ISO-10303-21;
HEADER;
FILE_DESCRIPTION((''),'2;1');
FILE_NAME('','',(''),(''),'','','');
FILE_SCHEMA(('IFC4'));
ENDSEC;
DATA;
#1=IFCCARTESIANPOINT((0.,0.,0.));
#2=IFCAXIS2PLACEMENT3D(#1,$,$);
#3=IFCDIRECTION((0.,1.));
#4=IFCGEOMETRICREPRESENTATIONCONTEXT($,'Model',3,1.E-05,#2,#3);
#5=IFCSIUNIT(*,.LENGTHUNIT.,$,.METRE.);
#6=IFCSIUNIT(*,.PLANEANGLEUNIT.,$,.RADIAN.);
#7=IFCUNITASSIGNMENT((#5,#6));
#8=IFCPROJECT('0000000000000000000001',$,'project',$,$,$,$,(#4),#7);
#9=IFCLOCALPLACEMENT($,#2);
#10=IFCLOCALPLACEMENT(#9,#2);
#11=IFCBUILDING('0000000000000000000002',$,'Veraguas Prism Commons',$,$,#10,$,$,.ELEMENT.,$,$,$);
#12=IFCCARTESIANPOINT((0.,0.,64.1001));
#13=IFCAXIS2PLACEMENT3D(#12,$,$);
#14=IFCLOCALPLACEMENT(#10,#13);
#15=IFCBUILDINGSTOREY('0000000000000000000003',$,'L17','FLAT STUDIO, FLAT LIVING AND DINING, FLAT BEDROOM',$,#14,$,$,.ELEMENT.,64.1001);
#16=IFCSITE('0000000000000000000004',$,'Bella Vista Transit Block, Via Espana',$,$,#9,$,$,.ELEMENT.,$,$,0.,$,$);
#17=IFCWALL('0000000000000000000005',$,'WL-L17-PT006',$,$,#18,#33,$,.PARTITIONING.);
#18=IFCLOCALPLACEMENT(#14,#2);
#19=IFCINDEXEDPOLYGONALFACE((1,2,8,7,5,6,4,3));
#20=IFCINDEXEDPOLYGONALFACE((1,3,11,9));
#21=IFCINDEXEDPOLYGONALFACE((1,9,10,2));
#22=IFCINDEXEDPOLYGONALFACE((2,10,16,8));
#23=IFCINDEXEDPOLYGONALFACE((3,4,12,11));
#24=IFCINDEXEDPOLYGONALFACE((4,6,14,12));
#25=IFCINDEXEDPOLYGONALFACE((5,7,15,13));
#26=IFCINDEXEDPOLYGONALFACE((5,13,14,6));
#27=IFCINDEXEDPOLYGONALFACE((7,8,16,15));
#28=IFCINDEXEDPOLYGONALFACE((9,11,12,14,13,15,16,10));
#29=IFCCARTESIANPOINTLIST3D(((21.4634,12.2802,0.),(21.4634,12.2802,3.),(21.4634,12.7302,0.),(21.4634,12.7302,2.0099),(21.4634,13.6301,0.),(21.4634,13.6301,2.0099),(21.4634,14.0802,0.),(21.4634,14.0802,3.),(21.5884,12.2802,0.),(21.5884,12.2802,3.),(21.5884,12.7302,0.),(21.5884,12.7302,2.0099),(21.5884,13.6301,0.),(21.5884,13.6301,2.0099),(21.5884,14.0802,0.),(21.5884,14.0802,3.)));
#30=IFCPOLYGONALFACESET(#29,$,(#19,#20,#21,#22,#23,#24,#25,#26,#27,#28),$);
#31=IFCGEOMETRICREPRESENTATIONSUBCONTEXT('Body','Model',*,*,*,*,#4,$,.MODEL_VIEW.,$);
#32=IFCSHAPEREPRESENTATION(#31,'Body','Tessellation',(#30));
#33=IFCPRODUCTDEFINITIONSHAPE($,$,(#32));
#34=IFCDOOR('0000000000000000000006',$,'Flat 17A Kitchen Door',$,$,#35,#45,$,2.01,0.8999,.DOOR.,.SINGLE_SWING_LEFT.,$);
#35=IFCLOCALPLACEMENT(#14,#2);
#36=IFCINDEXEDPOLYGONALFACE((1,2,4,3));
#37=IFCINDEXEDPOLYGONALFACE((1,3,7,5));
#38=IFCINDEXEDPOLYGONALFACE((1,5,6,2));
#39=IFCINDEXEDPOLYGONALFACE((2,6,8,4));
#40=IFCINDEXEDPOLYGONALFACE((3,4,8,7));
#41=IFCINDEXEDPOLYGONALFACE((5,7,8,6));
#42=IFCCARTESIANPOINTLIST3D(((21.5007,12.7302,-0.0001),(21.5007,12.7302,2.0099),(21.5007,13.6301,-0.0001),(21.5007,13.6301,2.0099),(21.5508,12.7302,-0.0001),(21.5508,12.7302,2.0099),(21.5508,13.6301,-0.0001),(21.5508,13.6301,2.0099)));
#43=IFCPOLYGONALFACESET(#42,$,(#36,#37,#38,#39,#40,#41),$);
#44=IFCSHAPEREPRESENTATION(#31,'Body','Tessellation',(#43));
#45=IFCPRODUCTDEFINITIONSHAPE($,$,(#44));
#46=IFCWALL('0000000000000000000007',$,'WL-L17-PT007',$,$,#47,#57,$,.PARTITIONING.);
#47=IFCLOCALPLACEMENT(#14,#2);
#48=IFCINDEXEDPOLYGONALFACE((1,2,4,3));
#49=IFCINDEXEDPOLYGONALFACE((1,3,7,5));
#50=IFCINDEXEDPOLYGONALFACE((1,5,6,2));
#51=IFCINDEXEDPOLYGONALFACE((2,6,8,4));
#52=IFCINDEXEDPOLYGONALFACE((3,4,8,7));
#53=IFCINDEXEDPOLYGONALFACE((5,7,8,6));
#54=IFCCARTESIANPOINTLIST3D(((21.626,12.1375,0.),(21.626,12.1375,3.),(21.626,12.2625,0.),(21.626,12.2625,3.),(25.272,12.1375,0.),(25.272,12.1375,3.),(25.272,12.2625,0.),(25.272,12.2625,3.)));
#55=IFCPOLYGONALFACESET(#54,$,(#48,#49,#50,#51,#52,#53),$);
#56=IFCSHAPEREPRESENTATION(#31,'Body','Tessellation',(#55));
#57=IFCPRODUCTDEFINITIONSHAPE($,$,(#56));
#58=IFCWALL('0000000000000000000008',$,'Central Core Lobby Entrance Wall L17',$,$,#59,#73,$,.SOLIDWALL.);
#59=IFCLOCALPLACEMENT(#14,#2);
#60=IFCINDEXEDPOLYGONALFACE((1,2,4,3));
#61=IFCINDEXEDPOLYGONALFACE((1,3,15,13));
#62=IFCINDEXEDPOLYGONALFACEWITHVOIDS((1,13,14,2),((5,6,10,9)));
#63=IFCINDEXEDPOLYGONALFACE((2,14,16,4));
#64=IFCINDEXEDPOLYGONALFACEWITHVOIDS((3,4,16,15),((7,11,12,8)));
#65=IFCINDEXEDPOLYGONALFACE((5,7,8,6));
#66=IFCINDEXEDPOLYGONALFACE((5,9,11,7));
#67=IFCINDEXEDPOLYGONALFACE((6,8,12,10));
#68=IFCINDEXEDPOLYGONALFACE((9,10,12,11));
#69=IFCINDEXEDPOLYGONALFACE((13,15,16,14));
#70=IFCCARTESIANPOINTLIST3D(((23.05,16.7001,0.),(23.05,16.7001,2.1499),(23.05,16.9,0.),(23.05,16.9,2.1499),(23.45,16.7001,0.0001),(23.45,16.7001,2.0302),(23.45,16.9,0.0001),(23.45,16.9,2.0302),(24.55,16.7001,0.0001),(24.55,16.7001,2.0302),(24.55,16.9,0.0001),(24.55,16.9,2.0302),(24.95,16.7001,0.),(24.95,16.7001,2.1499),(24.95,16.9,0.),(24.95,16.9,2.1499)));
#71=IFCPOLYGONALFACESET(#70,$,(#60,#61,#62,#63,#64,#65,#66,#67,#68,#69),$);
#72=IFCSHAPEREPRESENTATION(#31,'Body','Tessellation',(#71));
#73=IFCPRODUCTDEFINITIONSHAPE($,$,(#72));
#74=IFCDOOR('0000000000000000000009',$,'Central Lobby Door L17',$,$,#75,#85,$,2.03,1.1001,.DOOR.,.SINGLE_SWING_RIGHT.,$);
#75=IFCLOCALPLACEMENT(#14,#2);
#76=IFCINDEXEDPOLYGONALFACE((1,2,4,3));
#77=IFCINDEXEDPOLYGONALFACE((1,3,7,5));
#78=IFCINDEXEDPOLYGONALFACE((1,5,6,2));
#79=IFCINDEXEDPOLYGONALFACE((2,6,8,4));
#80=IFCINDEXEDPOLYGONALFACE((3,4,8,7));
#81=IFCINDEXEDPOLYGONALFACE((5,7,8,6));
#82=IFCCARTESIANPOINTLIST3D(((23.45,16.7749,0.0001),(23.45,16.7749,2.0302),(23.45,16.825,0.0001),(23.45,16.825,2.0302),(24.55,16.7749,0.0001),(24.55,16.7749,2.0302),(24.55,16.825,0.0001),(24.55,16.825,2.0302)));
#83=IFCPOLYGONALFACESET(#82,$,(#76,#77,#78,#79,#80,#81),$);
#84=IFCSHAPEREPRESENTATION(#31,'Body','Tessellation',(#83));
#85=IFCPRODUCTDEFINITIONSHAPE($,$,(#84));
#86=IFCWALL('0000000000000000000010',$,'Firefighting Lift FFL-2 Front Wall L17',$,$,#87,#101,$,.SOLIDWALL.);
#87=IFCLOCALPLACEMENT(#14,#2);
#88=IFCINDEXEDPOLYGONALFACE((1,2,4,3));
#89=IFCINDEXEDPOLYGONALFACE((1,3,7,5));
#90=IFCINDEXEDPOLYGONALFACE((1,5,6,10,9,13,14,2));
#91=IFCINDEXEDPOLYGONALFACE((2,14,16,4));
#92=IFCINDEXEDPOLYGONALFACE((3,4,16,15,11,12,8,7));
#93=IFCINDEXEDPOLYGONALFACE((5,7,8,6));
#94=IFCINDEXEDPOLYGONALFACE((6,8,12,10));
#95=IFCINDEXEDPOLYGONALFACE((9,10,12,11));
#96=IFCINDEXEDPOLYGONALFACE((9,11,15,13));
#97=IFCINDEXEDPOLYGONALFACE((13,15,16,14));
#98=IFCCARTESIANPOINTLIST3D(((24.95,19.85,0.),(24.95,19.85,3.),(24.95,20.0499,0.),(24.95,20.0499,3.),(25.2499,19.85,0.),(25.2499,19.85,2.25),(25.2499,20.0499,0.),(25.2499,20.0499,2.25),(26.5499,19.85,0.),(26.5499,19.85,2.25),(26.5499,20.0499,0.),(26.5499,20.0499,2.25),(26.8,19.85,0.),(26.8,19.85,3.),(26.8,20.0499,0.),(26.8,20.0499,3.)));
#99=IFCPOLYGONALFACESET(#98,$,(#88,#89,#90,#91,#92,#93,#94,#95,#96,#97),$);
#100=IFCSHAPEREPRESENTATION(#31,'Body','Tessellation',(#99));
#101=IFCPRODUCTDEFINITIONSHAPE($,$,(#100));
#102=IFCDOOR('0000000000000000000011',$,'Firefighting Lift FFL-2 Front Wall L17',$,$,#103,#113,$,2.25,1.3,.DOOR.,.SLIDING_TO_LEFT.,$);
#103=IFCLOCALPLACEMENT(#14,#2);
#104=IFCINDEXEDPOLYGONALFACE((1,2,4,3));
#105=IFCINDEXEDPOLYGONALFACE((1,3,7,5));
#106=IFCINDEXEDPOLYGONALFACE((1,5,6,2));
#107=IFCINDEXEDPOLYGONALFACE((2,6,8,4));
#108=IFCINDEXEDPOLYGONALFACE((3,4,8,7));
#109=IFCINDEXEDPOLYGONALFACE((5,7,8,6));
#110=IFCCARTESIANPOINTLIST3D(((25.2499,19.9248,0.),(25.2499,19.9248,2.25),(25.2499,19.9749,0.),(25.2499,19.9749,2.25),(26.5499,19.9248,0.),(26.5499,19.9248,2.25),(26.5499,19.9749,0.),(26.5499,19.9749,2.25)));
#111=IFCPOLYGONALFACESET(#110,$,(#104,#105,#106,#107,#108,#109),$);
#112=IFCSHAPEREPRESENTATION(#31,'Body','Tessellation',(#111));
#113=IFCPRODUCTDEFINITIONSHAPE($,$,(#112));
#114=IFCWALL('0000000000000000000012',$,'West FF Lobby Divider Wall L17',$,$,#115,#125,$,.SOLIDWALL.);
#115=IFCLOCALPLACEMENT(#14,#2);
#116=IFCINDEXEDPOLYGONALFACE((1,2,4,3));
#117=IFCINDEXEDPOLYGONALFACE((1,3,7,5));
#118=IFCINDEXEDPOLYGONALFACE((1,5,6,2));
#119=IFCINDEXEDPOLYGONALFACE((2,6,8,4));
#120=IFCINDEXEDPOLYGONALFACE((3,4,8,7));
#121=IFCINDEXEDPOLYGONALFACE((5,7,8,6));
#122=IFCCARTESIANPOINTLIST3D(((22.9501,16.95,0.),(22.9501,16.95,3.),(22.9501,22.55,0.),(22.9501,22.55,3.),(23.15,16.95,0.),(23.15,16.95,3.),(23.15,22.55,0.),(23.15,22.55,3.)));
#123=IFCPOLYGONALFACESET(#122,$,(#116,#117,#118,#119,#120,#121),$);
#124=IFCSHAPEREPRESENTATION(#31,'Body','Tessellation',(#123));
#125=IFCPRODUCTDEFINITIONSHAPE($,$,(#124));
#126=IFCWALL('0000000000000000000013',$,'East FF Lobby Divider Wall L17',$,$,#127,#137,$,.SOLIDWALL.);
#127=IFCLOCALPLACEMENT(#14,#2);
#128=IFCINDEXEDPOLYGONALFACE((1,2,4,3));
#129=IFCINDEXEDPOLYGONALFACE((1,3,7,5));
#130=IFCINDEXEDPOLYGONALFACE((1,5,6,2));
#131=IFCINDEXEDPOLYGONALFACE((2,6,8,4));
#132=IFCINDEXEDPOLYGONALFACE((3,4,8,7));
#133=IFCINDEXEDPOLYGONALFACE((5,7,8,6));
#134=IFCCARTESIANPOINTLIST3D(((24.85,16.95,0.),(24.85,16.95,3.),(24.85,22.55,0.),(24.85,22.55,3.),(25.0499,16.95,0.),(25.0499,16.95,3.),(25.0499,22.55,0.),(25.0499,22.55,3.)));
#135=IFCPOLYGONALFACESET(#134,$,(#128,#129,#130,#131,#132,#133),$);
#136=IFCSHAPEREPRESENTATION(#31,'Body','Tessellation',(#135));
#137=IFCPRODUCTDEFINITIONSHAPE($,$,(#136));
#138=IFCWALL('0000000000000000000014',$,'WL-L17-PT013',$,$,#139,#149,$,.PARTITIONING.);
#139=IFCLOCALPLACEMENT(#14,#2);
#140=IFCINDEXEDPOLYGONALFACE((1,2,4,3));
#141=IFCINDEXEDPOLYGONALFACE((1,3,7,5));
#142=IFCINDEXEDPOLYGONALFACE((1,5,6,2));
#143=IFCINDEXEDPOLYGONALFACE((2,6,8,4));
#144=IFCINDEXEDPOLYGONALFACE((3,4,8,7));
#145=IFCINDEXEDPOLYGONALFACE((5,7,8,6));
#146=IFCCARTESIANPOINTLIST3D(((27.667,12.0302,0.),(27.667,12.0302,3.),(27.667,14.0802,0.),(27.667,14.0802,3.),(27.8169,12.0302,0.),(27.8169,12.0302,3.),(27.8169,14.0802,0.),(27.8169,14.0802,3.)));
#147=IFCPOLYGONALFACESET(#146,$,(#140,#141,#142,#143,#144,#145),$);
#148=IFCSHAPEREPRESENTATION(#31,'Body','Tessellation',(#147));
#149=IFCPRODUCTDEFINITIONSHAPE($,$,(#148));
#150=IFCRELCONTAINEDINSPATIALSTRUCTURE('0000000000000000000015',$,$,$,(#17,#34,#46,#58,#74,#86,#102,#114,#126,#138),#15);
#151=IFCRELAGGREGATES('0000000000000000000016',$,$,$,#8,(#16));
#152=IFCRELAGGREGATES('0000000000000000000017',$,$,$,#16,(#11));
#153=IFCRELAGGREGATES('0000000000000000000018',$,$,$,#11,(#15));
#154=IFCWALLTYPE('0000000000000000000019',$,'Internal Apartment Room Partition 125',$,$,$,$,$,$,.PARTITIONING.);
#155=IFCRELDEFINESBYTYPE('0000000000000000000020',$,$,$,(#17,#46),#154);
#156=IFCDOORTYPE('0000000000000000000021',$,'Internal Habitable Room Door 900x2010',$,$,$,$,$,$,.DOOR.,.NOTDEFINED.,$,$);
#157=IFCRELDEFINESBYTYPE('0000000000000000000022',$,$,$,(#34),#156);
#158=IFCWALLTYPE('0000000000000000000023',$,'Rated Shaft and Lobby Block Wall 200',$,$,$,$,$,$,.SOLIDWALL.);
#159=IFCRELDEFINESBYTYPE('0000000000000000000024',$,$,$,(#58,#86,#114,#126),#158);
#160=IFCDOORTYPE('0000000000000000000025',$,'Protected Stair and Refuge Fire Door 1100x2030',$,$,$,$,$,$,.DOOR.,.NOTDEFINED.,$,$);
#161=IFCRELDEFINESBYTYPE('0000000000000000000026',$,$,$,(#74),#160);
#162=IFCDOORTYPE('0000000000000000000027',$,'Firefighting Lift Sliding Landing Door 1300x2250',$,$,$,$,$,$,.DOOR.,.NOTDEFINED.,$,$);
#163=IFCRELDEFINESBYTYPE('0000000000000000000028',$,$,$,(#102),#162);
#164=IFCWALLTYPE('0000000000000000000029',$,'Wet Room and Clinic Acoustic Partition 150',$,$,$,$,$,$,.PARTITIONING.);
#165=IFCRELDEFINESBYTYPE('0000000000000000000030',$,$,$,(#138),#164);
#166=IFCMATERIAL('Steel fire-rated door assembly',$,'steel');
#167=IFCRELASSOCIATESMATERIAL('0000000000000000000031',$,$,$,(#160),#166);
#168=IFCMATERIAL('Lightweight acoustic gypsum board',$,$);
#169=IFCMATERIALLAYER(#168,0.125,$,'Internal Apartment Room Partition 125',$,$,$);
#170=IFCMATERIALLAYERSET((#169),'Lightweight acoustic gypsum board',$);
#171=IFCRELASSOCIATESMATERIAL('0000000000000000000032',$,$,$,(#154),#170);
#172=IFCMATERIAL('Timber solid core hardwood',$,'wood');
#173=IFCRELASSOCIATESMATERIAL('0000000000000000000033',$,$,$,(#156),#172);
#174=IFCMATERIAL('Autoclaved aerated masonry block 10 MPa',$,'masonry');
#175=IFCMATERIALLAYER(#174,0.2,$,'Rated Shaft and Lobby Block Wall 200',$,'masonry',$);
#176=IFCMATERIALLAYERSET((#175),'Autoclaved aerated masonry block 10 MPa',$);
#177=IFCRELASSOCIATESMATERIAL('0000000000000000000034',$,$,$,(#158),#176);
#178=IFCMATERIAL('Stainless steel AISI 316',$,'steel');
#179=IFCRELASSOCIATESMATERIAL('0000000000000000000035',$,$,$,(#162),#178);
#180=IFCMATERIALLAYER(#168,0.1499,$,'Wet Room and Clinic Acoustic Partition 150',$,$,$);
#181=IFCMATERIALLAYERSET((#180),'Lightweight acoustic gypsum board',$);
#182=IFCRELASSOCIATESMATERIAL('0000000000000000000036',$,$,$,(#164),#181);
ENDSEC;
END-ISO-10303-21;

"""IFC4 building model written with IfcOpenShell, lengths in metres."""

from ifc_helpers import new_model, si_unit, direction, frame, frame_2d, origin, place, context, subcontext, project, spatial, rectangle, extrude, source, transform, mapped, material, layer, layer_set, type_object, element, fill, save


model = new_model("IFC4")

# Units and contexts
model_context = context("Model", 3, precision=1e-05, world=origin(), true_north=direction((0.0, 1.0)))
body_context = subcontext(model_context, "Body", "Model", "MODEL_VIEW")
ifc_project = project(units=[si_unit("LENGTHUNIT", "METRE"), si_unit("PLANEANGLEUNIT", "RADIAN")], contexts=[model_context])

# Site, building, storey
site_placement = place(None, origin())
site = spatial("IfcSite", under=ifc_project, at=site_placement, Name="Bella Vista Transit Block, Via Espana", CompositionType="ELEMENT", RefElevation=0.0)
building_placement = place(site_placement, origin())
building = spatial("IfcBuilding", under=site, at=building_placement, Name="Veraguas Prism Commons", CompositionType="ELEMENT")
storey_placement = place(building_placement, frame((0.0, 0.0, 64.1001)))
storey = spatial("IfcBuildingStorey", under=building, at=storey_placement, Name="L17", Description="FLAT STUDIO, FLAT LIVING AND DINING, FLAT BEDROOM", CompositionType="ELEMENT", Elevation=64.1001)

# Shared definitions
ifc_material_1 = material(Name="Steel fire-rated door assembly", Category="steel")
door_type_1 = type_object("IfcDoorType", Name="Protected Stair and Refuge Fire Door 1100x2030", OperationType="NOTDEFINED", PredefinedType="DOOR", material=ifc_material_1)
shared_shape_1 = source(origin(), body_context, "Body", "SweptSolid", [
    extrude(rectangle(XDim=1.1001, YDim=2.03, at=frame_2d((0.55, 1.0151))), frame((0.0, 0.0249, 0.0), z_axis=(0.0, -1.0, 0.0), x_axis=(1.0, 0.0, 0.0)), (0.0, 0.0, 1.0), 0.05),
])

# Shared definitions
ifc_material_2 = material(Name="Autoclaved aerated masonry block 10 MPa", Category="masonry")

# Wall, opening, door
ifc_material_3 = material(Name="Lightweight acoustic gypsum board")
ifc_layer_1 = layer(ifc_material_3, 0.125, Name="Internal Apartment Room Partition 125")
ifc_layer_set_1 = layer_set([ifc_layer_1], Name="Lightweight acoustic gypsum board")
wall_type_1 = type_object("IfcWallType", Name="Internal Apartment Room Partition 125", PredefinedType="PARTITIONING", material=ifc_layer_set_1)
wall_1_placement = place(storey_placement, frame((21.5259, 14.0801, 0.0), z_axis=(0.0, 0.0, 1.0), x_axis=(0.0, -1.0, 0.0)))
wall_1 = element("IfcWall", 1, at=wall_1_placement, inside=storey, type_object=wall_type_1, Name="WL-L17-PT006", PredefinedType="PARTITIONING", context=body_context, shape_type="SweptSolid", body=[
    extrude(rectangle(XDim=1.8, YDim=0.125, at=frame_2d((0.8999, 0.0))), origin(), (0.0, 0.0, 1.0), 3.0),
])
opening_1_placement = place(wall_1_placement, frame((0.45, 0.0, 0.0)))
opening_1 = element("IfcOpeningElement", 2, at=opening_1_placement, cuts=wall_1, PredefinedType="OPENING", context=body_context, shape_type="SweptSolid", body=[
    extrude(rectangle(XDim=0.8999, YDim=2.01, at=frame_2d((0.45, 1.0049))), frame((0.0, 0.0725, 0.0), z_axis=(0.0, -1.0, 0.0), x_axis=(1.0, 0.0, 0.0)), (0.0, 0.0, 1.0), 0.145),
])
ifc_material_4 = material(Name="Timber solid core hardwood", Category="wood")
door_type_2 = type_object("IfcDoorType", Name="Internal Habitable Room Door 900x2010", OperationType="NOTDEFINED", PredefinedType="DOOR", material=ifc_material_4)
shared_shape_2 = source(origin(), body_context, "Body", "SweptSolid", [
    extrude(rectangle(XDim=0.8999, YDim=2.01, at=frame_2d((0.45, 1.0049))), frame((0.0, 0.0249, 0.0), z_axis=(0.0, -1.0, 0.0), x_axis=(1.0, 0.0, 0.0)), (0.0, 0.0, 1.0), 0.05),
])
door_1_placement = place(opening_1_placement, origin())
door_1 = element("IfcDoor", 3, at=door_1_placement, inside=storey, type_object=door_type_2, Name="Flat 17A Kitchen Door", OperationType="SINGLE_SWING_LEFT", OverallHeight=2.01, OverallWidth=0.8999, PredefinedType="DOOR", context=body_context, shape_type="MappedRepresentation", body=[
    mapped(shared_shape_2, transform((0.0, 0.0, 0.0), scale=1.0)),
])
fill(opening_1, door_1)

# Wall
wall_2_placement = place(storey_placement, frame((21.626, 12.2, 0.0), z_axis=(0.0, 0.0, 1.0), x_axis=(1.0, 0.0, 0.0)))
element("IfcWall", 4, at=wall_2_placement, inside=storey, type_object=wall_type_1, Name="WL-L17-PT007", PredefinedType="PARTITIONING", context=body_context, shape_type="SweptSolid", body=[
    extrude(rectangle(XDim=3.646, YDim=0.125, at=frame_2d((1.823, 0.0))), origin(), (0.0, 0.0, 1.0), 3.0),
])

# Walls, openings, doors
ifc_layer_2 = layer(ifc_material_2, 0.2, Name="Rated Shaft and Lobby Block Wall 200", Category="masonry")
ifc_layer_set_2 = layer_set([ifc_layer_2], Name="Autoclaved aerated masonry block 10 MPa")
wall_type_2 = type_object("IfcWallType", Name="Rated Shaft and Lobby Block Wall 200", PredefinedType="SOLIDWALL", material=ifc_layer_set_2)
wall_3_placement = place(storey_placement, frame((23.05, 16.8, 0.0), z_axis=(0.0, 0.0, 1.0), x_axis=(1.0, 0.0, 0.0)))
wall_3 = element("IfcWall", 5, at=wall_3_placement, inside=storey, type_object=wall_type_2, Name="Central Core Lobby Entrance Wall L17", PredefinedType="SOLIDWALL", context=body_context, shape_type="SweptSolid", body=[
    extrude(rectangle(XDim=1.8999, YDim=0.2, at=frame_2d((0.95, 0.0))), origin(), (0.0, 0.0, 1.0), 2.1499),
])
opening_2_placement = place(wall_3_placement, frame((0.3999, 0.0, 0.0)))
opening_2 = element("IfcOpeningElement", 6, at=opening_2_placement, cuts=wall_3, PredefinedType="OPENING", context=body_context, shape_type="SweptSolid", body=[
    extrude(rectangle(XDim=1.1001, YDim=2.03, at=frame_2d((0.55, 1.0151))), frame((0.0, 0.1099, 0.0), z_axis=(0.0, -1.0, 0.0), x_axis=(1.0, 0.0, 0.0)), (0.0, 0.0, 1.0), 0.22),
])
door_2_placement = place(opening_2_placement, origin())
door_2 = element("IfcDoor", 7, at=door_2_placement, inside=storey, type_object=door_type_1, Name="Central Lobby Door L17", OperationType="SINGLE_SWING_RIGHT", OverallHeight=2.03, OverallWidth=1.1001, PredefinedType="DOOR", context=body_context, shape_type="MappedRepresentation", body=[
    mapped(shared_shape_1, transform((0.0, 0.0, 0.0), scale=1.0)),
])
fill(opening_2, door_2)
wall_4_placement = place(storey_placement, frame((24.95, 19.95, 0.0), z_axis=(0.0, 0.0, 1.0), x_axis=(1.0, 0.0, 0.0)))
wall_4 = element("IfcWall", 8, at=wall_4_placement, inside=storey, type_object=wall_type_2, Name="Firefighting Lift FFL-2 Front Wall L17", PredefinedType="SOLIDWALL", context=body_context, shape_type="SweptSolid", body=[
    extrude(rectangle(XDim=1.8501, YDim=0.2, at=frame_2d((0.925, 0.0))), origin(), (0.0, 0.0, 1.0), 3.0),
])
opening_3_placement = place(wall_4_placement, frame((0.3, 0.0, 0.0)))
opening_3 = element("IfcOpeningElement", 9, at=opening_3_placement, cuts=wall_4, PredefinedType="OPENING", context=body_context, shape_type="SweptSolid", body=[
    extrude(rectangle(XDim=1.3, YDim=2.25, at=frame_2d((0.6499, 1.125))), frame((0.0, 0.1099, 0.0), z_axis=(0.0, -1.0, 0.0), x_axis=(1.0, 0.0, 0.0)), (0.0, 0.0, 1.0), 0.22),
])
ifc_material_5 = material(Name="Stainless steel AISI 316", Category="steel")
door_type_3 = type_object("IfcDoorType", Name="Firefighting Lift Sliding Landing Door 1300x2250", OperationType="NOTDEFINED", PredefinedType="DOOR", material=ifc_material_5)
shared_shape_3 = source(origin(), body_context, "Body", "SweptSolid", [
    extrude(rectangle(XDim=1.3, YDim=2.25, at=frame_2d((0.6499, 1.125))), frame((0.0, 0.0249, 0.0), z_axis=(0.0, -1.0, 0.0), x_axis=(1.0, 0.0, 0.0)), (0.0, 0.0, 1.0), 0.05),
])
door_3_placement = place(opening_3_placement, origin())
door_3 = element("IfcDoor", 10, at=door_3_placement, inside=storey, type_object=door_type_3, Name="Firefighting Lift FFL-2 Front Wall L17", OperationType="SLIDING_TO_LEFT", OverallHeight=2.25, OverallWidth=1.3, PredefinedType="DOOR", context=body_context, shape_type="MappedRepresentation", body=[
    mapped(shared_shape_3, transform((0.0, 0.0, 0.0), scale=1.0)),
])
fill(opening_3, door_3)

# Walls
for number, where, z_axis, x_axis, name in (
    (11, (23.05, 16.95, 0.0), (0.0, 0.0, 1.0), (0.0, 1.0, 0.0), "West FF Lobby Divider Wall L17"),
    (12, (24.95, 16.95, 0.0), (0.0, 0.0, 1.0), (0.0, 1.0, 0.0), "East FF Lobby Divider Wall L17"),
):
    element("IfcWall", number, at=place(storey_placement, frame(where, z_axis=z_axis, x_axis=x_axis)), inside=storey, type_object=wall_type_2, Name=name, PredefinedType="SOLIDWALL", context=body_context, shape_type="SweptSolid", body=[
        extrude(rectangle(XDim=5.6001, YDim=0.2, at=frame_2d((2.8, 0.0))), origin(), (0.0, 0.0, 1.0), 3.0),
    ])
ifc_layer_3 = layer(ifc_material_3, 0.1499, Name="Wet Room and Clinic Acoustic Partition 150")
ifc_layer_set_3 = layer_set([ifc_layer_3], Name="Lightweight acoustic gypsum board")
wall_type_3 = type_object("IfcWallType", Name="Wet Room and Clinic Acoustic Partition 150", PredefinedType="PARTITIONING", material=ifc_layer_set_3)
wall_5_placement = place(storey_placement, frame((27.7419, 14.0801, 0.0), z_axis=(0.0, 0.0, 1.0), x_axis=(0.0, -1.0, 0.0)))
element("IfcWall", 13, at=wall_5_placement, inside=storey, type_object=wall_type_3, Name="WL-L17-PT013", PredefinedType="PARTITIONING", context=body_context, shape_type="SweptSolid", body=[
    extrude(rectangle(XDim=2.05, YDim=0.1499, at=frame_2d((1.0249, 0.0))), origin(), (0.0, 0.0, 1.0), 3.0),
])

save(model, "model.ifc")
